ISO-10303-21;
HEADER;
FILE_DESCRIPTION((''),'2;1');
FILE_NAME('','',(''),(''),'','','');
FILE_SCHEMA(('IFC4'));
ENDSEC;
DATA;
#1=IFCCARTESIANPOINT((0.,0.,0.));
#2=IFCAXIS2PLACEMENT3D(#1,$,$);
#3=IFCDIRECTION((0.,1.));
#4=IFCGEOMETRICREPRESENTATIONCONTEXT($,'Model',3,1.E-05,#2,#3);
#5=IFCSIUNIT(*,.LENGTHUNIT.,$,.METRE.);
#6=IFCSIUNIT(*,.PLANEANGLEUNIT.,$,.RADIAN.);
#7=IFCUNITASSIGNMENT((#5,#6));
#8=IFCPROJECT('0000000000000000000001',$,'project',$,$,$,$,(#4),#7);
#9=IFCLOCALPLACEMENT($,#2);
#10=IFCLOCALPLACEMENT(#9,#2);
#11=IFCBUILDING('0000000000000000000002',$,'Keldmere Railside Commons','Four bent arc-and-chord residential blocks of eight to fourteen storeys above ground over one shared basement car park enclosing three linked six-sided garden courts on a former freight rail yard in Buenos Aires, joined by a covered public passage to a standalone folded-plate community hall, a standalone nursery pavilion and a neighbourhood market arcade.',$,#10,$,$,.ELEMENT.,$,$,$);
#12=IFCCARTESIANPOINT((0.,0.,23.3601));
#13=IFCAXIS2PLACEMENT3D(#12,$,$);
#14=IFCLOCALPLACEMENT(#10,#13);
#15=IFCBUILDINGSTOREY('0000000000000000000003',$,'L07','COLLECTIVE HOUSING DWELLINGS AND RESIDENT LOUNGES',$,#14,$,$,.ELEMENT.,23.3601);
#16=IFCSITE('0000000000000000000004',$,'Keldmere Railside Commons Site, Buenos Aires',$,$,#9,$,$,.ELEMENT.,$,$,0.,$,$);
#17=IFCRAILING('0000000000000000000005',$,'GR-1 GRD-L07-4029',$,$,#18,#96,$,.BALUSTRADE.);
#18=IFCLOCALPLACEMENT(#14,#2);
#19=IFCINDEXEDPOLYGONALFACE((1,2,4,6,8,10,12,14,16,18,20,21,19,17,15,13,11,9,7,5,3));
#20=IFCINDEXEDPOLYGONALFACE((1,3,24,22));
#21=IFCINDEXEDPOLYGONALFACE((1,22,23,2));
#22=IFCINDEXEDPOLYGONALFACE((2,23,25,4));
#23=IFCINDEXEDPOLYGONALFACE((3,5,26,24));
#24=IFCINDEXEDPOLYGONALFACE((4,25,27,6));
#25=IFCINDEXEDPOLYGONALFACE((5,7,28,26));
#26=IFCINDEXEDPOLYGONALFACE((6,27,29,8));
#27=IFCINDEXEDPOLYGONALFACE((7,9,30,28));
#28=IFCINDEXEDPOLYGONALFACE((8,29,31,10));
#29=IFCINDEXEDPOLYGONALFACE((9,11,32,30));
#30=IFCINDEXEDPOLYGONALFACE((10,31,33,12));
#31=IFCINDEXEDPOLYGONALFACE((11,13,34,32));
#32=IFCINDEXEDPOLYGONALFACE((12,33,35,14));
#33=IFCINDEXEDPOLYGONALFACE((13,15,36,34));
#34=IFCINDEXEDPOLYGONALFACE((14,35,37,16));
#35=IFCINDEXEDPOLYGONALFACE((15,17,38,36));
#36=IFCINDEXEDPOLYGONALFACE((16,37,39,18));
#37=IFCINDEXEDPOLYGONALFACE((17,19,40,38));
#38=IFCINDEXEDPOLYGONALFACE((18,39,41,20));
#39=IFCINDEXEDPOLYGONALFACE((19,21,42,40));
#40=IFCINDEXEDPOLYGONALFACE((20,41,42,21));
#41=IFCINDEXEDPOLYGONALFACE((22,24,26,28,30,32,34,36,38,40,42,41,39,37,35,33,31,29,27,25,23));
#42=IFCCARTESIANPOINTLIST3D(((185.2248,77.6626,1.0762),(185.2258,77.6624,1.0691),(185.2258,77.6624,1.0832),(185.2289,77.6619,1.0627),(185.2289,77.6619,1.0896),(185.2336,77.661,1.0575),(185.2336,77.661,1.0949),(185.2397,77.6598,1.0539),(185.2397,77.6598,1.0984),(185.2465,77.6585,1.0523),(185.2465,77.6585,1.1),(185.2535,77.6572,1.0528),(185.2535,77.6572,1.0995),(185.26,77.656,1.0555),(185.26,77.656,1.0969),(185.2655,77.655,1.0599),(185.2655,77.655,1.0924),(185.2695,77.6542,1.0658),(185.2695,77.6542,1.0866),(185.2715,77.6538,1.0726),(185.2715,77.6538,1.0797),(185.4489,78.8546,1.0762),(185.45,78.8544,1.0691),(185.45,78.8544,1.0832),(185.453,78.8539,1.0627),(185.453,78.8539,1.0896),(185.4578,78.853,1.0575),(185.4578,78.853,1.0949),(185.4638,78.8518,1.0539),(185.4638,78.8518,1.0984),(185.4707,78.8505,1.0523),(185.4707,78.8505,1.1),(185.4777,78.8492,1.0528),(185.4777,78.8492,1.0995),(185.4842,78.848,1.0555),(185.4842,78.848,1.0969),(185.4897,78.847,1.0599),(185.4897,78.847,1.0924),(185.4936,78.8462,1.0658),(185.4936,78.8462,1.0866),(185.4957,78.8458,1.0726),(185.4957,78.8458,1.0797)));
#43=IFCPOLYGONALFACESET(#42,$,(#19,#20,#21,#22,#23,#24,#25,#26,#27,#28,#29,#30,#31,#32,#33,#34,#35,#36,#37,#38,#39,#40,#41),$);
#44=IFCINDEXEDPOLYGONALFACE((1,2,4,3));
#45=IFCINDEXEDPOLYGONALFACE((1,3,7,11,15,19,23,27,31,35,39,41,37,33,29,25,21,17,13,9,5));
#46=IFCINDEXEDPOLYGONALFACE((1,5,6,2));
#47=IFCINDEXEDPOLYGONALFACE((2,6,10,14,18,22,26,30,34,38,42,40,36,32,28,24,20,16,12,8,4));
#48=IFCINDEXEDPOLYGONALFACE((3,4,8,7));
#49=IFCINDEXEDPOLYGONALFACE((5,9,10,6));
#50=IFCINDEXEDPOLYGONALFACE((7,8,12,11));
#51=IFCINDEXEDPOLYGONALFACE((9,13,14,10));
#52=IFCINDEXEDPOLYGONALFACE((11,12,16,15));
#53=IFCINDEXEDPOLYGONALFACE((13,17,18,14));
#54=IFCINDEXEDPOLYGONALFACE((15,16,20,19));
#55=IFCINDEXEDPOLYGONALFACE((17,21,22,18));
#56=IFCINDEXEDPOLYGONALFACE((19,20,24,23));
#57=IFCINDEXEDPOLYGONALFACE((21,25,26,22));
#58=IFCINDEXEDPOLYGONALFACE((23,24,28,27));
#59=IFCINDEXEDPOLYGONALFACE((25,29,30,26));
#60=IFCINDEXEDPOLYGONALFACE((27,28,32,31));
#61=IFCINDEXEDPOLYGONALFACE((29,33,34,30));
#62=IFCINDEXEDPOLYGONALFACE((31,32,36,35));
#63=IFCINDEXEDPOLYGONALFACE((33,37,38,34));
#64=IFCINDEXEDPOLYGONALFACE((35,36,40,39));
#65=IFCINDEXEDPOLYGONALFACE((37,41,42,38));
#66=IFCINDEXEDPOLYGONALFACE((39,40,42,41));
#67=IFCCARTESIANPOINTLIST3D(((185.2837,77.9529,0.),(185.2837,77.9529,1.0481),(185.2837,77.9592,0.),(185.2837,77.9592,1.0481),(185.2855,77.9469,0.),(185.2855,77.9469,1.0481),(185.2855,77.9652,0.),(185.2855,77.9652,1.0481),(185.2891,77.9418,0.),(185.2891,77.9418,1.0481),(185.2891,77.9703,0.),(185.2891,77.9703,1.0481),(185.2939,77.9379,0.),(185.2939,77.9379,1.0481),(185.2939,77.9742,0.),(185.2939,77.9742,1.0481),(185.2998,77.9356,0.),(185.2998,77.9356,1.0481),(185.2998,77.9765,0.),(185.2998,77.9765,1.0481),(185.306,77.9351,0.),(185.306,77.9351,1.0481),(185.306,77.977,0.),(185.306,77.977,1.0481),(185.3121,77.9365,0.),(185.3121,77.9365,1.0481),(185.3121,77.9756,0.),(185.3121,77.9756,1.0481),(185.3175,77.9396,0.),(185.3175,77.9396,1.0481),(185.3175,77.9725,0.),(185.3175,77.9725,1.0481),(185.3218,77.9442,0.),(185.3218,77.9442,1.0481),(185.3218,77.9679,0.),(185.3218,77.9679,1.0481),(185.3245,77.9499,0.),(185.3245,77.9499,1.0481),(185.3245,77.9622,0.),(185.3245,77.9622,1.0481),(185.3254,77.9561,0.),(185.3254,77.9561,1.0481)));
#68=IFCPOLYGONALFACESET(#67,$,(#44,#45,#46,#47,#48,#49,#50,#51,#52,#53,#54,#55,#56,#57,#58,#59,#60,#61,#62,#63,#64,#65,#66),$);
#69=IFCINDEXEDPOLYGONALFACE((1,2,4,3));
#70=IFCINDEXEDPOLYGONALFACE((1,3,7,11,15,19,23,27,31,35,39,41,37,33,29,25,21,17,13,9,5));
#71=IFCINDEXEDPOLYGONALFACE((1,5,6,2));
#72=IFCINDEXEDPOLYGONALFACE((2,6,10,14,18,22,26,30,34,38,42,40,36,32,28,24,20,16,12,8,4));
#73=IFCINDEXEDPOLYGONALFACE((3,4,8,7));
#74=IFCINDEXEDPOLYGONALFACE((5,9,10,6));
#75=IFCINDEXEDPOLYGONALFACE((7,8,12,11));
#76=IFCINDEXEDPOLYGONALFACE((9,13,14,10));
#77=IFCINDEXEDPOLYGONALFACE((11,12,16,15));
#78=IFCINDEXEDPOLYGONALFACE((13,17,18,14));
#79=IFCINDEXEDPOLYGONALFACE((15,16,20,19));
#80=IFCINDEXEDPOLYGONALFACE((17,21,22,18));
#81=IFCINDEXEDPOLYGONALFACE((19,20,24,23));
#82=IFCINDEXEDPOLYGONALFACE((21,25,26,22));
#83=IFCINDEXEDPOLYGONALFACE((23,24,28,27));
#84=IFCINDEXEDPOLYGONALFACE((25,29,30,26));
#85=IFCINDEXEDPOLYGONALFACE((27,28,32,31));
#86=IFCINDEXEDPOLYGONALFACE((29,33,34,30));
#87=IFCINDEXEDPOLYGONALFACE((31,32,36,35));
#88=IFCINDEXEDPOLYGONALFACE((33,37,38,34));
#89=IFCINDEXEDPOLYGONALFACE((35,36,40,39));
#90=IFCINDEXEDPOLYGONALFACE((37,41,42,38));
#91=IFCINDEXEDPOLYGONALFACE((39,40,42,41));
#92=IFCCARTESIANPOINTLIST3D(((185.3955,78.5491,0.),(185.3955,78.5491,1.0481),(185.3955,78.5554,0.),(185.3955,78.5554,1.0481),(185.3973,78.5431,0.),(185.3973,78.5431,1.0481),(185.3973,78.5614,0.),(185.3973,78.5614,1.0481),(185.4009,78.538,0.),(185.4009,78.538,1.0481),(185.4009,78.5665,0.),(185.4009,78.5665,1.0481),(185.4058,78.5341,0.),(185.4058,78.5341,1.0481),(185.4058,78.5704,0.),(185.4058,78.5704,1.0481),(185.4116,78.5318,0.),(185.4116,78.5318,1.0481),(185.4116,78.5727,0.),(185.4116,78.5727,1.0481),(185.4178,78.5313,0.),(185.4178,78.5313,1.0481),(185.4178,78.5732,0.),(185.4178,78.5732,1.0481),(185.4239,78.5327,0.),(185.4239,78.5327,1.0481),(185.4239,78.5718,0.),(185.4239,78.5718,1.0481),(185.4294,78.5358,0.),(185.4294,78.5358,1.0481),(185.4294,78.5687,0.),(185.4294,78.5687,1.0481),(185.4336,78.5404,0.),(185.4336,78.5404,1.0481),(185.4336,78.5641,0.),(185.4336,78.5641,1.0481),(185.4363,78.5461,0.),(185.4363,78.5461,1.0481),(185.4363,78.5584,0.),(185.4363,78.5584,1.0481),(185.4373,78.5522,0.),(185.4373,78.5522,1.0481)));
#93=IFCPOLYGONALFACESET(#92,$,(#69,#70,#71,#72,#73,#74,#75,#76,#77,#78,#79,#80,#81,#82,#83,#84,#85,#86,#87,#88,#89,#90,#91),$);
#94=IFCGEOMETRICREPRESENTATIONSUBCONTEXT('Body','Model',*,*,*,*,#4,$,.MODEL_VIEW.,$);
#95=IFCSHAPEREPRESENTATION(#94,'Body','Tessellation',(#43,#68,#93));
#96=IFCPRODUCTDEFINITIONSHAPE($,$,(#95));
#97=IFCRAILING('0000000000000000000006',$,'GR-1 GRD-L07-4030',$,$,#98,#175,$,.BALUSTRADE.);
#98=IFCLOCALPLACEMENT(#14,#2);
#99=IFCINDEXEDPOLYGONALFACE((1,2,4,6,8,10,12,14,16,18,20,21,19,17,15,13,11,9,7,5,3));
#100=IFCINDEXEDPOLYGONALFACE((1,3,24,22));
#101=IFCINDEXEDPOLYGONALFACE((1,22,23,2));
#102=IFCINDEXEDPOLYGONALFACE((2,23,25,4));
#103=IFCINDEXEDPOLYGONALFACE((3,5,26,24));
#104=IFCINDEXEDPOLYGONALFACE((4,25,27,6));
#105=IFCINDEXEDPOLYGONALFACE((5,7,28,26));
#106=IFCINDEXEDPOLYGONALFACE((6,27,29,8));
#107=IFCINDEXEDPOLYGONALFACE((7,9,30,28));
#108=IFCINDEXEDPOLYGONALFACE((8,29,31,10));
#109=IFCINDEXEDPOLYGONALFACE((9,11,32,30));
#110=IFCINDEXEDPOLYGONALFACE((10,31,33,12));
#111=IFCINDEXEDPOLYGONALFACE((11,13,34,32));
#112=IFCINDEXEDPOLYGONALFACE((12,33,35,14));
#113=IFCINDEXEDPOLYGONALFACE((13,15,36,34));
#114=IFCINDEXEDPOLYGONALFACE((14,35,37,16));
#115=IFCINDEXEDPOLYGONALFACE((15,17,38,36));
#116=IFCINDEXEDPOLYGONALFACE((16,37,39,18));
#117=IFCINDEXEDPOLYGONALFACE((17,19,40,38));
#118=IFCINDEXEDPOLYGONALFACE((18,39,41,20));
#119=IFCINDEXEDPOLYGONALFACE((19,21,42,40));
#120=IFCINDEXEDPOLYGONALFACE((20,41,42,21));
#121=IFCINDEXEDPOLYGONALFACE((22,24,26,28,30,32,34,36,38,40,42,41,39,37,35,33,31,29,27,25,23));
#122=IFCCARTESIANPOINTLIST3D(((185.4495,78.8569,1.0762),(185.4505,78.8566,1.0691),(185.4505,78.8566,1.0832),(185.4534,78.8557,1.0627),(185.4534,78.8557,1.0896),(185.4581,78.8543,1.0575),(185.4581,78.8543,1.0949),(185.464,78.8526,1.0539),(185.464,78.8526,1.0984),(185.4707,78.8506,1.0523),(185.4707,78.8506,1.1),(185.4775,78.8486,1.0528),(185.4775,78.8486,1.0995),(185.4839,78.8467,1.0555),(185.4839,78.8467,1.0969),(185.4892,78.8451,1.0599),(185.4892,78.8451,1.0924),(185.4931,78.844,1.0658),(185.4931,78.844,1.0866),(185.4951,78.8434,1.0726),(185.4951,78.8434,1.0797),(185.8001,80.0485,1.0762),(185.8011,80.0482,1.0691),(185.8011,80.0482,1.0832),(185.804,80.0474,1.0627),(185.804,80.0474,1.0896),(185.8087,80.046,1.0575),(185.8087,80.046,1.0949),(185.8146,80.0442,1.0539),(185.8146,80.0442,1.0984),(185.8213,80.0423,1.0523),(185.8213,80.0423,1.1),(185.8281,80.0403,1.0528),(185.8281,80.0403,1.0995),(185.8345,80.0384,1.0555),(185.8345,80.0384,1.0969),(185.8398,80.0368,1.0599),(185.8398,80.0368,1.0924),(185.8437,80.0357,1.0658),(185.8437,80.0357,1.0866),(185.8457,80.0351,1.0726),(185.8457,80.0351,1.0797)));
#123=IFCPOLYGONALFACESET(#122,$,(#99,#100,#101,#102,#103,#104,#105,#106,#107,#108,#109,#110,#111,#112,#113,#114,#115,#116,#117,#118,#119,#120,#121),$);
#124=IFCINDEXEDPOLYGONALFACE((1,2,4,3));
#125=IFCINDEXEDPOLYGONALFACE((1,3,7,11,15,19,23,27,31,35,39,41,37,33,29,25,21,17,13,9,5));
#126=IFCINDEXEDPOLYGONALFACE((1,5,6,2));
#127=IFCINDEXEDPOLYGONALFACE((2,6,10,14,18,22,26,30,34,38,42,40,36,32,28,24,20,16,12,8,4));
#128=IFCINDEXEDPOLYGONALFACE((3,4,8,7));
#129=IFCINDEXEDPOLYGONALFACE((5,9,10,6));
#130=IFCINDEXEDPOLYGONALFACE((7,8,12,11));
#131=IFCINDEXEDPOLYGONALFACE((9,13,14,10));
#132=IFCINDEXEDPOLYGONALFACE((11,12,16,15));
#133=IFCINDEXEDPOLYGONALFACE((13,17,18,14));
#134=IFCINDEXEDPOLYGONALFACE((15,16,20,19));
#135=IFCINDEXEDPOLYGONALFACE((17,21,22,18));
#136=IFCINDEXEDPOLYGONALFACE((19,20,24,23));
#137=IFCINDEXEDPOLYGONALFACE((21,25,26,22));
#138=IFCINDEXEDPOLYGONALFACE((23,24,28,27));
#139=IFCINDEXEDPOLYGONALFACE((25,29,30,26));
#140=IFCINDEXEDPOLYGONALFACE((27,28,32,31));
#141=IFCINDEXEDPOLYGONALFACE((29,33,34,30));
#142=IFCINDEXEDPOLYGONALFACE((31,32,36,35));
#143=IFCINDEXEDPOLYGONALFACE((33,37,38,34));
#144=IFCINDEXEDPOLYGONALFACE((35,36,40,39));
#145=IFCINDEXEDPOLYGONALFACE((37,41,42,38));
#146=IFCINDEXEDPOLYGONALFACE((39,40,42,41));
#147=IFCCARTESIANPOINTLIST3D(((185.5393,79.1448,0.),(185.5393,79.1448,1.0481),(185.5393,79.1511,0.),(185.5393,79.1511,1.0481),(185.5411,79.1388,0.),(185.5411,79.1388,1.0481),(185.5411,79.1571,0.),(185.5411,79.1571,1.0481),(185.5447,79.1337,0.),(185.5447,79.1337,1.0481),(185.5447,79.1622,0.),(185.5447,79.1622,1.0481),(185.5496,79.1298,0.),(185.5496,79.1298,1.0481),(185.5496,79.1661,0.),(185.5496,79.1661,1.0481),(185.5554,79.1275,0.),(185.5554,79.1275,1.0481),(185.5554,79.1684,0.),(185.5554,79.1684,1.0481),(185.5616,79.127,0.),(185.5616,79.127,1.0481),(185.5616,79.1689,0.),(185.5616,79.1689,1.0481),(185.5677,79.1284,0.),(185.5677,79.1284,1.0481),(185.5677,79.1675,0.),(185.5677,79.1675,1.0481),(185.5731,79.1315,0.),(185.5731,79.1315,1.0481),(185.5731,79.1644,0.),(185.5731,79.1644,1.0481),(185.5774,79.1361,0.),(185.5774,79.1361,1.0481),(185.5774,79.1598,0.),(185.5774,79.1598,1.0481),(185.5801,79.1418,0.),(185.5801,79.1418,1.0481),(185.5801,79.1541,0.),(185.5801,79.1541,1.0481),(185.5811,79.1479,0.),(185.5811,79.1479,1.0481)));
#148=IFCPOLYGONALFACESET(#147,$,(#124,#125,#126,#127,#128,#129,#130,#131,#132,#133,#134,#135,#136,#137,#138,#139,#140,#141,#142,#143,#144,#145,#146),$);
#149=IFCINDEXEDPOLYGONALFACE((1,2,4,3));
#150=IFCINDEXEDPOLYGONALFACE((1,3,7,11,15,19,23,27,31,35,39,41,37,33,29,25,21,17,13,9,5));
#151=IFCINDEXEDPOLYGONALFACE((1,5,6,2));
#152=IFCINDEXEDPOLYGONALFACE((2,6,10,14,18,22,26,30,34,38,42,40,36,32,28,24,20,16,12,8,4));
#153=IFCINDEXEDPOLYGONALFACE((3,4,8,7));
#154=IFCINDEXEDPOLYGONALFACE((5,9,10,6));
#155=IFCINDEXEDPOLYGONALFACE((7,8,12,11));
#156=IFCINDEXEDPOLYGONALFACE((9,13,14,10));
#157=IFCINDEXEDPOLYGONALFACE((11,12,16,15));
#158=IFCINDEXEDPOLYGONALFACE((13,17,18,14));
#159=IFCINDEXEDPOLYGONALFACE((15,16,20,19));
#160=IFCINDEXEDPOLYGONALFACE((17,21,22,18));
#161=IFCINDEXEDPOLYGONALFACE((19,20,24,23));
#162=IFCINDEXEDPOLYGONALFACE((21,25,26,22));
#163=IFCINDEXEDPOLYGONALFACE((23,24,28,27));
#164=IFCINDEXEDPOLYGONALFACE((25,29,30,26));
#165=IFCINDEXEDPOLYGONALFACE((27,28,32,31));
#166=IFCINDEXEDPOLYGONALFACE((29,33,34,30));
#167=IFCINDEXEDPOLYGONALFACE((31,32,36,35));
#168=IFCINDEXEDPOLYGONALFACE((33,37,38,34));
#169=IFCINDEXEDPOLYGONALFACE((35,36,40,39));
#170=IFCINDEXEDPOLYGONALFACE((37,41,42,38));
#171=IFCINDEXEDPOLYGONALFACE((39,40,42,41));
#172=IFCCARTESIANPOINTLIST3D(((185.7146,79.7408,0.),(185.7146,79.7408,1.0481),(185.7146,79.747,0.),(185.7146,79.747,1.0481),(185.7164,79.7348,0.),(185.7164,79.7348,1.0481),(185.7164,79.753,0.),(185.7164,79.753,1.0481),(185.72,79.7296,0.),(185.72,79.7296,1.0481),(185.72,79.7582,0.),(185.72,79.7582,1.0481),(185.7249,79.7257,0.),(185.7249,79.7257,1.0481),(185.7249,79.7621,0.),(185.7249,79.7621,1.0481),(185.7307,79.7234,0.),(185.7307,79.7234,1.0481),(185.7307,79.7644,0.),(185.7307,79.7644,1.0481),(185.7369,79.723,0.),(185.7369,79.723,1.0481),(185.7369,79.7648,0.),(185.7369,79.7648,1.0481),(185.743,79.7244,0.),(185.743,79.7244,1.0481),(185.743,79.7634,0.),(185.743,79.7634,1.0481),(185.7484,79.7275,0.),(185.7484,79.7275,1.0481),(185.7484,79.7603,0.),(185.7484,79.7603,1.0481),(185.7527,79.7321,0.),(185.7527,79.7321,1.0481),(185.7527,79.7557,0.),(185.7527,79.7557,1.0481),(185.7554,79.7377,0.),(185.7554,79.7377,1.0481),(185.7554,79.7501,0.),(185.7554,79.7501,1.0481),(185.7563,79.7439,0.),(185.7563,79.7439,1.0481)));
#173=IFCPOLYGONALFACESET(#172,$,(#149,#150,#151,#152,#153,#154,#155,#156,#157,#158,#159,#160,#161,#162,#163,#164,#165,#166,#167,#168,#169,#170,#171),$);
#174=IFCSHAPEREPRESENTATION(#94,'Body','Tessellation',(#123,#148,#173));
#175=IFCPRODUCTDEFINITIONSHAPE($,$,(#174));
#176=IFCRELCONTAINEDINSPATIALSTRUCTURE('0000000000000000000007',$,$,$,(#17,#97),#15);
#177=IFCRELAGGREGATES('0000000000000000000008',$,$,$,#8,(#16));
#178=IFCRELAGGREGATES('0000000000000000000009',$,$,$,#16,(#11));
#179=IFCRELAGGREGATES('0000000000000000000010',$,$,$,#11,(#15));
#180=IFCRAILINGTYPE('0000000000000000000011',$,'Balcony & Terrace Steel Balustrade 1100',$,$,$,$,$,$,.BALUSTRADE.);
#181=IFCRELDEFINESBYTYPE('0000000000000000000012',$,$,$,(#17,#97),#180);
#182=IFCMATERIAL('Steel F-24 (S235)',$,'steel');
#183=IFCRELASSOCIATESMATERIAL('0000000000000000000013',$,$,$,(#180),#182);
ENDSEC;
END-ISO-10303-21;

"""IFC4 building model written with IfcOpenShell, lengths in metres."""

from ifc_helpers import new_model, si_unit, direction, frame, origin, origin_2d, place, context, subcontext, project, spatial, circle, extrude, material, type_object, element, save


model = new_model("IFC4")

# Units and contexts
model_context = context("Model", 3, precision=1e-05, world=origin(), true_north=direction((0.0, 1.0)))
body_context = subcontext(model_context, "Body", "Model", "MODEL_VIEW")
ifc_project = project(units=[si_unit("LENGTHUNIT", "METRE"), si_unit("PLANEANGLEUNIT", "RADIAN")], contexts=[model_context])

# Site, building, storey
site_placement = place(None, origin())
site = spatial("IfcSite", under=ifc_project, at=site_placement, Name="Keldmere Railside Commons Site, Buenos Aires", CompositionType="ELEMENT", RefElevation=0.0)
building_placement = place(site_placement, origin())
building = spatial("IfcBuilding", under=site, at=building_placement, Name="Keldmere Railside Commons", Description="Four bent arc-and-chord residential blocks of eight to fourteen storeys above ground over one shared basement car park enclosing three linked six-sided garden courts on a former freight rail yard in Buenos Aires, joined by a covered public passage to a standalone folded-plate community hall, a standalone nursery pavilion and a neighbourhood market arcade.", CompositionType="ELEMENT")
storey_placement = place(building_placement, frame((0.0, 0.0, 23.3601)))
storey = spatial("IfcBuildingStorey", under=building, at=storey_placement, Name="L07", Description="COLLECTIVE HOUSING DWELLINGS AND RESIDENT LOUNGES", CompositionType="ELEMENT", Elevation=23.3601)

# Shared definitions
ifc_material_1 = material(Name="Steel F-24 (S235)", Category="steel")

# Railings
railing_type = type_object("IfcRailingType", Name="Balcony & Terrace Steel Balustrade 1100", PredefinedType="BALUSTRADE", material=ifc_material_1)
railing_1_placement = place(storey_placement, frame((185.2483, 77.6582, 0.0)))
element("IfcRailing", 1, at=railing_1_placement, inside=storey, type_object=railing_type, Name="GR-1 GRD-L07-4029", PredefinedType="BALUSTRADE", context=body_context, shape_type="SweptSolid", body=[
    extrude(circle(Radius=0.0239, at=origin_2d()), frame((0.0, 0.0, 1.0762), z_axis=(0.184799, 0.982776, 0.0), x_axis=(-0.982776, 0.184799, 0.0)), (0.0, 0.0, 1.0), 1.2129),
    extrude(circle(Radius=0.021, at=origin_2d()), frame((0.0562, 0.2979, 0.0)), (0.0, 0.0, 1.0), 1.0481),
    extrude(circle(Radius=0.021, at=origin_2d()), frame((0.168, 0.894, 0.0)), (0.0, 0.0, 1.0), 1.0481),
])
railing_2_placement = place(storey_placement, frame((185.4724, 78.8501, 0.0)))
element("IfcRailing", 2, at=railing_2_placement, inside=storey, type_object=railing_type, Name="GR-1 GRD-L07-4030", PredefinedType="BALUSTRADE", context=body_context, shape_type="SweptSolid", body=[
    extrude(circle(Radius=0.0239, at=origin_2d()), frame((0.0, 0.0, 1.0762), z_axis=(0.282241, 0.959344, 0.0), x_axis=(-0.959344, 0.282241, 0.0)), (0.0, 0.0, 1.0), 1.2422),
    extrude(circle(Radius=0.021, at=origin_2d()), frame((0.0876, 0.2979, 0.0)), (0.0, 0.0, 1.0), 1.0481),
    extrude(circle(Radius=0.021, at=origin_2d()), frame((0.2629, 0.8938, 0.0)), (0.0, 0.0, 1.0), 1.0481),
])

save(model, "model.ifc")
